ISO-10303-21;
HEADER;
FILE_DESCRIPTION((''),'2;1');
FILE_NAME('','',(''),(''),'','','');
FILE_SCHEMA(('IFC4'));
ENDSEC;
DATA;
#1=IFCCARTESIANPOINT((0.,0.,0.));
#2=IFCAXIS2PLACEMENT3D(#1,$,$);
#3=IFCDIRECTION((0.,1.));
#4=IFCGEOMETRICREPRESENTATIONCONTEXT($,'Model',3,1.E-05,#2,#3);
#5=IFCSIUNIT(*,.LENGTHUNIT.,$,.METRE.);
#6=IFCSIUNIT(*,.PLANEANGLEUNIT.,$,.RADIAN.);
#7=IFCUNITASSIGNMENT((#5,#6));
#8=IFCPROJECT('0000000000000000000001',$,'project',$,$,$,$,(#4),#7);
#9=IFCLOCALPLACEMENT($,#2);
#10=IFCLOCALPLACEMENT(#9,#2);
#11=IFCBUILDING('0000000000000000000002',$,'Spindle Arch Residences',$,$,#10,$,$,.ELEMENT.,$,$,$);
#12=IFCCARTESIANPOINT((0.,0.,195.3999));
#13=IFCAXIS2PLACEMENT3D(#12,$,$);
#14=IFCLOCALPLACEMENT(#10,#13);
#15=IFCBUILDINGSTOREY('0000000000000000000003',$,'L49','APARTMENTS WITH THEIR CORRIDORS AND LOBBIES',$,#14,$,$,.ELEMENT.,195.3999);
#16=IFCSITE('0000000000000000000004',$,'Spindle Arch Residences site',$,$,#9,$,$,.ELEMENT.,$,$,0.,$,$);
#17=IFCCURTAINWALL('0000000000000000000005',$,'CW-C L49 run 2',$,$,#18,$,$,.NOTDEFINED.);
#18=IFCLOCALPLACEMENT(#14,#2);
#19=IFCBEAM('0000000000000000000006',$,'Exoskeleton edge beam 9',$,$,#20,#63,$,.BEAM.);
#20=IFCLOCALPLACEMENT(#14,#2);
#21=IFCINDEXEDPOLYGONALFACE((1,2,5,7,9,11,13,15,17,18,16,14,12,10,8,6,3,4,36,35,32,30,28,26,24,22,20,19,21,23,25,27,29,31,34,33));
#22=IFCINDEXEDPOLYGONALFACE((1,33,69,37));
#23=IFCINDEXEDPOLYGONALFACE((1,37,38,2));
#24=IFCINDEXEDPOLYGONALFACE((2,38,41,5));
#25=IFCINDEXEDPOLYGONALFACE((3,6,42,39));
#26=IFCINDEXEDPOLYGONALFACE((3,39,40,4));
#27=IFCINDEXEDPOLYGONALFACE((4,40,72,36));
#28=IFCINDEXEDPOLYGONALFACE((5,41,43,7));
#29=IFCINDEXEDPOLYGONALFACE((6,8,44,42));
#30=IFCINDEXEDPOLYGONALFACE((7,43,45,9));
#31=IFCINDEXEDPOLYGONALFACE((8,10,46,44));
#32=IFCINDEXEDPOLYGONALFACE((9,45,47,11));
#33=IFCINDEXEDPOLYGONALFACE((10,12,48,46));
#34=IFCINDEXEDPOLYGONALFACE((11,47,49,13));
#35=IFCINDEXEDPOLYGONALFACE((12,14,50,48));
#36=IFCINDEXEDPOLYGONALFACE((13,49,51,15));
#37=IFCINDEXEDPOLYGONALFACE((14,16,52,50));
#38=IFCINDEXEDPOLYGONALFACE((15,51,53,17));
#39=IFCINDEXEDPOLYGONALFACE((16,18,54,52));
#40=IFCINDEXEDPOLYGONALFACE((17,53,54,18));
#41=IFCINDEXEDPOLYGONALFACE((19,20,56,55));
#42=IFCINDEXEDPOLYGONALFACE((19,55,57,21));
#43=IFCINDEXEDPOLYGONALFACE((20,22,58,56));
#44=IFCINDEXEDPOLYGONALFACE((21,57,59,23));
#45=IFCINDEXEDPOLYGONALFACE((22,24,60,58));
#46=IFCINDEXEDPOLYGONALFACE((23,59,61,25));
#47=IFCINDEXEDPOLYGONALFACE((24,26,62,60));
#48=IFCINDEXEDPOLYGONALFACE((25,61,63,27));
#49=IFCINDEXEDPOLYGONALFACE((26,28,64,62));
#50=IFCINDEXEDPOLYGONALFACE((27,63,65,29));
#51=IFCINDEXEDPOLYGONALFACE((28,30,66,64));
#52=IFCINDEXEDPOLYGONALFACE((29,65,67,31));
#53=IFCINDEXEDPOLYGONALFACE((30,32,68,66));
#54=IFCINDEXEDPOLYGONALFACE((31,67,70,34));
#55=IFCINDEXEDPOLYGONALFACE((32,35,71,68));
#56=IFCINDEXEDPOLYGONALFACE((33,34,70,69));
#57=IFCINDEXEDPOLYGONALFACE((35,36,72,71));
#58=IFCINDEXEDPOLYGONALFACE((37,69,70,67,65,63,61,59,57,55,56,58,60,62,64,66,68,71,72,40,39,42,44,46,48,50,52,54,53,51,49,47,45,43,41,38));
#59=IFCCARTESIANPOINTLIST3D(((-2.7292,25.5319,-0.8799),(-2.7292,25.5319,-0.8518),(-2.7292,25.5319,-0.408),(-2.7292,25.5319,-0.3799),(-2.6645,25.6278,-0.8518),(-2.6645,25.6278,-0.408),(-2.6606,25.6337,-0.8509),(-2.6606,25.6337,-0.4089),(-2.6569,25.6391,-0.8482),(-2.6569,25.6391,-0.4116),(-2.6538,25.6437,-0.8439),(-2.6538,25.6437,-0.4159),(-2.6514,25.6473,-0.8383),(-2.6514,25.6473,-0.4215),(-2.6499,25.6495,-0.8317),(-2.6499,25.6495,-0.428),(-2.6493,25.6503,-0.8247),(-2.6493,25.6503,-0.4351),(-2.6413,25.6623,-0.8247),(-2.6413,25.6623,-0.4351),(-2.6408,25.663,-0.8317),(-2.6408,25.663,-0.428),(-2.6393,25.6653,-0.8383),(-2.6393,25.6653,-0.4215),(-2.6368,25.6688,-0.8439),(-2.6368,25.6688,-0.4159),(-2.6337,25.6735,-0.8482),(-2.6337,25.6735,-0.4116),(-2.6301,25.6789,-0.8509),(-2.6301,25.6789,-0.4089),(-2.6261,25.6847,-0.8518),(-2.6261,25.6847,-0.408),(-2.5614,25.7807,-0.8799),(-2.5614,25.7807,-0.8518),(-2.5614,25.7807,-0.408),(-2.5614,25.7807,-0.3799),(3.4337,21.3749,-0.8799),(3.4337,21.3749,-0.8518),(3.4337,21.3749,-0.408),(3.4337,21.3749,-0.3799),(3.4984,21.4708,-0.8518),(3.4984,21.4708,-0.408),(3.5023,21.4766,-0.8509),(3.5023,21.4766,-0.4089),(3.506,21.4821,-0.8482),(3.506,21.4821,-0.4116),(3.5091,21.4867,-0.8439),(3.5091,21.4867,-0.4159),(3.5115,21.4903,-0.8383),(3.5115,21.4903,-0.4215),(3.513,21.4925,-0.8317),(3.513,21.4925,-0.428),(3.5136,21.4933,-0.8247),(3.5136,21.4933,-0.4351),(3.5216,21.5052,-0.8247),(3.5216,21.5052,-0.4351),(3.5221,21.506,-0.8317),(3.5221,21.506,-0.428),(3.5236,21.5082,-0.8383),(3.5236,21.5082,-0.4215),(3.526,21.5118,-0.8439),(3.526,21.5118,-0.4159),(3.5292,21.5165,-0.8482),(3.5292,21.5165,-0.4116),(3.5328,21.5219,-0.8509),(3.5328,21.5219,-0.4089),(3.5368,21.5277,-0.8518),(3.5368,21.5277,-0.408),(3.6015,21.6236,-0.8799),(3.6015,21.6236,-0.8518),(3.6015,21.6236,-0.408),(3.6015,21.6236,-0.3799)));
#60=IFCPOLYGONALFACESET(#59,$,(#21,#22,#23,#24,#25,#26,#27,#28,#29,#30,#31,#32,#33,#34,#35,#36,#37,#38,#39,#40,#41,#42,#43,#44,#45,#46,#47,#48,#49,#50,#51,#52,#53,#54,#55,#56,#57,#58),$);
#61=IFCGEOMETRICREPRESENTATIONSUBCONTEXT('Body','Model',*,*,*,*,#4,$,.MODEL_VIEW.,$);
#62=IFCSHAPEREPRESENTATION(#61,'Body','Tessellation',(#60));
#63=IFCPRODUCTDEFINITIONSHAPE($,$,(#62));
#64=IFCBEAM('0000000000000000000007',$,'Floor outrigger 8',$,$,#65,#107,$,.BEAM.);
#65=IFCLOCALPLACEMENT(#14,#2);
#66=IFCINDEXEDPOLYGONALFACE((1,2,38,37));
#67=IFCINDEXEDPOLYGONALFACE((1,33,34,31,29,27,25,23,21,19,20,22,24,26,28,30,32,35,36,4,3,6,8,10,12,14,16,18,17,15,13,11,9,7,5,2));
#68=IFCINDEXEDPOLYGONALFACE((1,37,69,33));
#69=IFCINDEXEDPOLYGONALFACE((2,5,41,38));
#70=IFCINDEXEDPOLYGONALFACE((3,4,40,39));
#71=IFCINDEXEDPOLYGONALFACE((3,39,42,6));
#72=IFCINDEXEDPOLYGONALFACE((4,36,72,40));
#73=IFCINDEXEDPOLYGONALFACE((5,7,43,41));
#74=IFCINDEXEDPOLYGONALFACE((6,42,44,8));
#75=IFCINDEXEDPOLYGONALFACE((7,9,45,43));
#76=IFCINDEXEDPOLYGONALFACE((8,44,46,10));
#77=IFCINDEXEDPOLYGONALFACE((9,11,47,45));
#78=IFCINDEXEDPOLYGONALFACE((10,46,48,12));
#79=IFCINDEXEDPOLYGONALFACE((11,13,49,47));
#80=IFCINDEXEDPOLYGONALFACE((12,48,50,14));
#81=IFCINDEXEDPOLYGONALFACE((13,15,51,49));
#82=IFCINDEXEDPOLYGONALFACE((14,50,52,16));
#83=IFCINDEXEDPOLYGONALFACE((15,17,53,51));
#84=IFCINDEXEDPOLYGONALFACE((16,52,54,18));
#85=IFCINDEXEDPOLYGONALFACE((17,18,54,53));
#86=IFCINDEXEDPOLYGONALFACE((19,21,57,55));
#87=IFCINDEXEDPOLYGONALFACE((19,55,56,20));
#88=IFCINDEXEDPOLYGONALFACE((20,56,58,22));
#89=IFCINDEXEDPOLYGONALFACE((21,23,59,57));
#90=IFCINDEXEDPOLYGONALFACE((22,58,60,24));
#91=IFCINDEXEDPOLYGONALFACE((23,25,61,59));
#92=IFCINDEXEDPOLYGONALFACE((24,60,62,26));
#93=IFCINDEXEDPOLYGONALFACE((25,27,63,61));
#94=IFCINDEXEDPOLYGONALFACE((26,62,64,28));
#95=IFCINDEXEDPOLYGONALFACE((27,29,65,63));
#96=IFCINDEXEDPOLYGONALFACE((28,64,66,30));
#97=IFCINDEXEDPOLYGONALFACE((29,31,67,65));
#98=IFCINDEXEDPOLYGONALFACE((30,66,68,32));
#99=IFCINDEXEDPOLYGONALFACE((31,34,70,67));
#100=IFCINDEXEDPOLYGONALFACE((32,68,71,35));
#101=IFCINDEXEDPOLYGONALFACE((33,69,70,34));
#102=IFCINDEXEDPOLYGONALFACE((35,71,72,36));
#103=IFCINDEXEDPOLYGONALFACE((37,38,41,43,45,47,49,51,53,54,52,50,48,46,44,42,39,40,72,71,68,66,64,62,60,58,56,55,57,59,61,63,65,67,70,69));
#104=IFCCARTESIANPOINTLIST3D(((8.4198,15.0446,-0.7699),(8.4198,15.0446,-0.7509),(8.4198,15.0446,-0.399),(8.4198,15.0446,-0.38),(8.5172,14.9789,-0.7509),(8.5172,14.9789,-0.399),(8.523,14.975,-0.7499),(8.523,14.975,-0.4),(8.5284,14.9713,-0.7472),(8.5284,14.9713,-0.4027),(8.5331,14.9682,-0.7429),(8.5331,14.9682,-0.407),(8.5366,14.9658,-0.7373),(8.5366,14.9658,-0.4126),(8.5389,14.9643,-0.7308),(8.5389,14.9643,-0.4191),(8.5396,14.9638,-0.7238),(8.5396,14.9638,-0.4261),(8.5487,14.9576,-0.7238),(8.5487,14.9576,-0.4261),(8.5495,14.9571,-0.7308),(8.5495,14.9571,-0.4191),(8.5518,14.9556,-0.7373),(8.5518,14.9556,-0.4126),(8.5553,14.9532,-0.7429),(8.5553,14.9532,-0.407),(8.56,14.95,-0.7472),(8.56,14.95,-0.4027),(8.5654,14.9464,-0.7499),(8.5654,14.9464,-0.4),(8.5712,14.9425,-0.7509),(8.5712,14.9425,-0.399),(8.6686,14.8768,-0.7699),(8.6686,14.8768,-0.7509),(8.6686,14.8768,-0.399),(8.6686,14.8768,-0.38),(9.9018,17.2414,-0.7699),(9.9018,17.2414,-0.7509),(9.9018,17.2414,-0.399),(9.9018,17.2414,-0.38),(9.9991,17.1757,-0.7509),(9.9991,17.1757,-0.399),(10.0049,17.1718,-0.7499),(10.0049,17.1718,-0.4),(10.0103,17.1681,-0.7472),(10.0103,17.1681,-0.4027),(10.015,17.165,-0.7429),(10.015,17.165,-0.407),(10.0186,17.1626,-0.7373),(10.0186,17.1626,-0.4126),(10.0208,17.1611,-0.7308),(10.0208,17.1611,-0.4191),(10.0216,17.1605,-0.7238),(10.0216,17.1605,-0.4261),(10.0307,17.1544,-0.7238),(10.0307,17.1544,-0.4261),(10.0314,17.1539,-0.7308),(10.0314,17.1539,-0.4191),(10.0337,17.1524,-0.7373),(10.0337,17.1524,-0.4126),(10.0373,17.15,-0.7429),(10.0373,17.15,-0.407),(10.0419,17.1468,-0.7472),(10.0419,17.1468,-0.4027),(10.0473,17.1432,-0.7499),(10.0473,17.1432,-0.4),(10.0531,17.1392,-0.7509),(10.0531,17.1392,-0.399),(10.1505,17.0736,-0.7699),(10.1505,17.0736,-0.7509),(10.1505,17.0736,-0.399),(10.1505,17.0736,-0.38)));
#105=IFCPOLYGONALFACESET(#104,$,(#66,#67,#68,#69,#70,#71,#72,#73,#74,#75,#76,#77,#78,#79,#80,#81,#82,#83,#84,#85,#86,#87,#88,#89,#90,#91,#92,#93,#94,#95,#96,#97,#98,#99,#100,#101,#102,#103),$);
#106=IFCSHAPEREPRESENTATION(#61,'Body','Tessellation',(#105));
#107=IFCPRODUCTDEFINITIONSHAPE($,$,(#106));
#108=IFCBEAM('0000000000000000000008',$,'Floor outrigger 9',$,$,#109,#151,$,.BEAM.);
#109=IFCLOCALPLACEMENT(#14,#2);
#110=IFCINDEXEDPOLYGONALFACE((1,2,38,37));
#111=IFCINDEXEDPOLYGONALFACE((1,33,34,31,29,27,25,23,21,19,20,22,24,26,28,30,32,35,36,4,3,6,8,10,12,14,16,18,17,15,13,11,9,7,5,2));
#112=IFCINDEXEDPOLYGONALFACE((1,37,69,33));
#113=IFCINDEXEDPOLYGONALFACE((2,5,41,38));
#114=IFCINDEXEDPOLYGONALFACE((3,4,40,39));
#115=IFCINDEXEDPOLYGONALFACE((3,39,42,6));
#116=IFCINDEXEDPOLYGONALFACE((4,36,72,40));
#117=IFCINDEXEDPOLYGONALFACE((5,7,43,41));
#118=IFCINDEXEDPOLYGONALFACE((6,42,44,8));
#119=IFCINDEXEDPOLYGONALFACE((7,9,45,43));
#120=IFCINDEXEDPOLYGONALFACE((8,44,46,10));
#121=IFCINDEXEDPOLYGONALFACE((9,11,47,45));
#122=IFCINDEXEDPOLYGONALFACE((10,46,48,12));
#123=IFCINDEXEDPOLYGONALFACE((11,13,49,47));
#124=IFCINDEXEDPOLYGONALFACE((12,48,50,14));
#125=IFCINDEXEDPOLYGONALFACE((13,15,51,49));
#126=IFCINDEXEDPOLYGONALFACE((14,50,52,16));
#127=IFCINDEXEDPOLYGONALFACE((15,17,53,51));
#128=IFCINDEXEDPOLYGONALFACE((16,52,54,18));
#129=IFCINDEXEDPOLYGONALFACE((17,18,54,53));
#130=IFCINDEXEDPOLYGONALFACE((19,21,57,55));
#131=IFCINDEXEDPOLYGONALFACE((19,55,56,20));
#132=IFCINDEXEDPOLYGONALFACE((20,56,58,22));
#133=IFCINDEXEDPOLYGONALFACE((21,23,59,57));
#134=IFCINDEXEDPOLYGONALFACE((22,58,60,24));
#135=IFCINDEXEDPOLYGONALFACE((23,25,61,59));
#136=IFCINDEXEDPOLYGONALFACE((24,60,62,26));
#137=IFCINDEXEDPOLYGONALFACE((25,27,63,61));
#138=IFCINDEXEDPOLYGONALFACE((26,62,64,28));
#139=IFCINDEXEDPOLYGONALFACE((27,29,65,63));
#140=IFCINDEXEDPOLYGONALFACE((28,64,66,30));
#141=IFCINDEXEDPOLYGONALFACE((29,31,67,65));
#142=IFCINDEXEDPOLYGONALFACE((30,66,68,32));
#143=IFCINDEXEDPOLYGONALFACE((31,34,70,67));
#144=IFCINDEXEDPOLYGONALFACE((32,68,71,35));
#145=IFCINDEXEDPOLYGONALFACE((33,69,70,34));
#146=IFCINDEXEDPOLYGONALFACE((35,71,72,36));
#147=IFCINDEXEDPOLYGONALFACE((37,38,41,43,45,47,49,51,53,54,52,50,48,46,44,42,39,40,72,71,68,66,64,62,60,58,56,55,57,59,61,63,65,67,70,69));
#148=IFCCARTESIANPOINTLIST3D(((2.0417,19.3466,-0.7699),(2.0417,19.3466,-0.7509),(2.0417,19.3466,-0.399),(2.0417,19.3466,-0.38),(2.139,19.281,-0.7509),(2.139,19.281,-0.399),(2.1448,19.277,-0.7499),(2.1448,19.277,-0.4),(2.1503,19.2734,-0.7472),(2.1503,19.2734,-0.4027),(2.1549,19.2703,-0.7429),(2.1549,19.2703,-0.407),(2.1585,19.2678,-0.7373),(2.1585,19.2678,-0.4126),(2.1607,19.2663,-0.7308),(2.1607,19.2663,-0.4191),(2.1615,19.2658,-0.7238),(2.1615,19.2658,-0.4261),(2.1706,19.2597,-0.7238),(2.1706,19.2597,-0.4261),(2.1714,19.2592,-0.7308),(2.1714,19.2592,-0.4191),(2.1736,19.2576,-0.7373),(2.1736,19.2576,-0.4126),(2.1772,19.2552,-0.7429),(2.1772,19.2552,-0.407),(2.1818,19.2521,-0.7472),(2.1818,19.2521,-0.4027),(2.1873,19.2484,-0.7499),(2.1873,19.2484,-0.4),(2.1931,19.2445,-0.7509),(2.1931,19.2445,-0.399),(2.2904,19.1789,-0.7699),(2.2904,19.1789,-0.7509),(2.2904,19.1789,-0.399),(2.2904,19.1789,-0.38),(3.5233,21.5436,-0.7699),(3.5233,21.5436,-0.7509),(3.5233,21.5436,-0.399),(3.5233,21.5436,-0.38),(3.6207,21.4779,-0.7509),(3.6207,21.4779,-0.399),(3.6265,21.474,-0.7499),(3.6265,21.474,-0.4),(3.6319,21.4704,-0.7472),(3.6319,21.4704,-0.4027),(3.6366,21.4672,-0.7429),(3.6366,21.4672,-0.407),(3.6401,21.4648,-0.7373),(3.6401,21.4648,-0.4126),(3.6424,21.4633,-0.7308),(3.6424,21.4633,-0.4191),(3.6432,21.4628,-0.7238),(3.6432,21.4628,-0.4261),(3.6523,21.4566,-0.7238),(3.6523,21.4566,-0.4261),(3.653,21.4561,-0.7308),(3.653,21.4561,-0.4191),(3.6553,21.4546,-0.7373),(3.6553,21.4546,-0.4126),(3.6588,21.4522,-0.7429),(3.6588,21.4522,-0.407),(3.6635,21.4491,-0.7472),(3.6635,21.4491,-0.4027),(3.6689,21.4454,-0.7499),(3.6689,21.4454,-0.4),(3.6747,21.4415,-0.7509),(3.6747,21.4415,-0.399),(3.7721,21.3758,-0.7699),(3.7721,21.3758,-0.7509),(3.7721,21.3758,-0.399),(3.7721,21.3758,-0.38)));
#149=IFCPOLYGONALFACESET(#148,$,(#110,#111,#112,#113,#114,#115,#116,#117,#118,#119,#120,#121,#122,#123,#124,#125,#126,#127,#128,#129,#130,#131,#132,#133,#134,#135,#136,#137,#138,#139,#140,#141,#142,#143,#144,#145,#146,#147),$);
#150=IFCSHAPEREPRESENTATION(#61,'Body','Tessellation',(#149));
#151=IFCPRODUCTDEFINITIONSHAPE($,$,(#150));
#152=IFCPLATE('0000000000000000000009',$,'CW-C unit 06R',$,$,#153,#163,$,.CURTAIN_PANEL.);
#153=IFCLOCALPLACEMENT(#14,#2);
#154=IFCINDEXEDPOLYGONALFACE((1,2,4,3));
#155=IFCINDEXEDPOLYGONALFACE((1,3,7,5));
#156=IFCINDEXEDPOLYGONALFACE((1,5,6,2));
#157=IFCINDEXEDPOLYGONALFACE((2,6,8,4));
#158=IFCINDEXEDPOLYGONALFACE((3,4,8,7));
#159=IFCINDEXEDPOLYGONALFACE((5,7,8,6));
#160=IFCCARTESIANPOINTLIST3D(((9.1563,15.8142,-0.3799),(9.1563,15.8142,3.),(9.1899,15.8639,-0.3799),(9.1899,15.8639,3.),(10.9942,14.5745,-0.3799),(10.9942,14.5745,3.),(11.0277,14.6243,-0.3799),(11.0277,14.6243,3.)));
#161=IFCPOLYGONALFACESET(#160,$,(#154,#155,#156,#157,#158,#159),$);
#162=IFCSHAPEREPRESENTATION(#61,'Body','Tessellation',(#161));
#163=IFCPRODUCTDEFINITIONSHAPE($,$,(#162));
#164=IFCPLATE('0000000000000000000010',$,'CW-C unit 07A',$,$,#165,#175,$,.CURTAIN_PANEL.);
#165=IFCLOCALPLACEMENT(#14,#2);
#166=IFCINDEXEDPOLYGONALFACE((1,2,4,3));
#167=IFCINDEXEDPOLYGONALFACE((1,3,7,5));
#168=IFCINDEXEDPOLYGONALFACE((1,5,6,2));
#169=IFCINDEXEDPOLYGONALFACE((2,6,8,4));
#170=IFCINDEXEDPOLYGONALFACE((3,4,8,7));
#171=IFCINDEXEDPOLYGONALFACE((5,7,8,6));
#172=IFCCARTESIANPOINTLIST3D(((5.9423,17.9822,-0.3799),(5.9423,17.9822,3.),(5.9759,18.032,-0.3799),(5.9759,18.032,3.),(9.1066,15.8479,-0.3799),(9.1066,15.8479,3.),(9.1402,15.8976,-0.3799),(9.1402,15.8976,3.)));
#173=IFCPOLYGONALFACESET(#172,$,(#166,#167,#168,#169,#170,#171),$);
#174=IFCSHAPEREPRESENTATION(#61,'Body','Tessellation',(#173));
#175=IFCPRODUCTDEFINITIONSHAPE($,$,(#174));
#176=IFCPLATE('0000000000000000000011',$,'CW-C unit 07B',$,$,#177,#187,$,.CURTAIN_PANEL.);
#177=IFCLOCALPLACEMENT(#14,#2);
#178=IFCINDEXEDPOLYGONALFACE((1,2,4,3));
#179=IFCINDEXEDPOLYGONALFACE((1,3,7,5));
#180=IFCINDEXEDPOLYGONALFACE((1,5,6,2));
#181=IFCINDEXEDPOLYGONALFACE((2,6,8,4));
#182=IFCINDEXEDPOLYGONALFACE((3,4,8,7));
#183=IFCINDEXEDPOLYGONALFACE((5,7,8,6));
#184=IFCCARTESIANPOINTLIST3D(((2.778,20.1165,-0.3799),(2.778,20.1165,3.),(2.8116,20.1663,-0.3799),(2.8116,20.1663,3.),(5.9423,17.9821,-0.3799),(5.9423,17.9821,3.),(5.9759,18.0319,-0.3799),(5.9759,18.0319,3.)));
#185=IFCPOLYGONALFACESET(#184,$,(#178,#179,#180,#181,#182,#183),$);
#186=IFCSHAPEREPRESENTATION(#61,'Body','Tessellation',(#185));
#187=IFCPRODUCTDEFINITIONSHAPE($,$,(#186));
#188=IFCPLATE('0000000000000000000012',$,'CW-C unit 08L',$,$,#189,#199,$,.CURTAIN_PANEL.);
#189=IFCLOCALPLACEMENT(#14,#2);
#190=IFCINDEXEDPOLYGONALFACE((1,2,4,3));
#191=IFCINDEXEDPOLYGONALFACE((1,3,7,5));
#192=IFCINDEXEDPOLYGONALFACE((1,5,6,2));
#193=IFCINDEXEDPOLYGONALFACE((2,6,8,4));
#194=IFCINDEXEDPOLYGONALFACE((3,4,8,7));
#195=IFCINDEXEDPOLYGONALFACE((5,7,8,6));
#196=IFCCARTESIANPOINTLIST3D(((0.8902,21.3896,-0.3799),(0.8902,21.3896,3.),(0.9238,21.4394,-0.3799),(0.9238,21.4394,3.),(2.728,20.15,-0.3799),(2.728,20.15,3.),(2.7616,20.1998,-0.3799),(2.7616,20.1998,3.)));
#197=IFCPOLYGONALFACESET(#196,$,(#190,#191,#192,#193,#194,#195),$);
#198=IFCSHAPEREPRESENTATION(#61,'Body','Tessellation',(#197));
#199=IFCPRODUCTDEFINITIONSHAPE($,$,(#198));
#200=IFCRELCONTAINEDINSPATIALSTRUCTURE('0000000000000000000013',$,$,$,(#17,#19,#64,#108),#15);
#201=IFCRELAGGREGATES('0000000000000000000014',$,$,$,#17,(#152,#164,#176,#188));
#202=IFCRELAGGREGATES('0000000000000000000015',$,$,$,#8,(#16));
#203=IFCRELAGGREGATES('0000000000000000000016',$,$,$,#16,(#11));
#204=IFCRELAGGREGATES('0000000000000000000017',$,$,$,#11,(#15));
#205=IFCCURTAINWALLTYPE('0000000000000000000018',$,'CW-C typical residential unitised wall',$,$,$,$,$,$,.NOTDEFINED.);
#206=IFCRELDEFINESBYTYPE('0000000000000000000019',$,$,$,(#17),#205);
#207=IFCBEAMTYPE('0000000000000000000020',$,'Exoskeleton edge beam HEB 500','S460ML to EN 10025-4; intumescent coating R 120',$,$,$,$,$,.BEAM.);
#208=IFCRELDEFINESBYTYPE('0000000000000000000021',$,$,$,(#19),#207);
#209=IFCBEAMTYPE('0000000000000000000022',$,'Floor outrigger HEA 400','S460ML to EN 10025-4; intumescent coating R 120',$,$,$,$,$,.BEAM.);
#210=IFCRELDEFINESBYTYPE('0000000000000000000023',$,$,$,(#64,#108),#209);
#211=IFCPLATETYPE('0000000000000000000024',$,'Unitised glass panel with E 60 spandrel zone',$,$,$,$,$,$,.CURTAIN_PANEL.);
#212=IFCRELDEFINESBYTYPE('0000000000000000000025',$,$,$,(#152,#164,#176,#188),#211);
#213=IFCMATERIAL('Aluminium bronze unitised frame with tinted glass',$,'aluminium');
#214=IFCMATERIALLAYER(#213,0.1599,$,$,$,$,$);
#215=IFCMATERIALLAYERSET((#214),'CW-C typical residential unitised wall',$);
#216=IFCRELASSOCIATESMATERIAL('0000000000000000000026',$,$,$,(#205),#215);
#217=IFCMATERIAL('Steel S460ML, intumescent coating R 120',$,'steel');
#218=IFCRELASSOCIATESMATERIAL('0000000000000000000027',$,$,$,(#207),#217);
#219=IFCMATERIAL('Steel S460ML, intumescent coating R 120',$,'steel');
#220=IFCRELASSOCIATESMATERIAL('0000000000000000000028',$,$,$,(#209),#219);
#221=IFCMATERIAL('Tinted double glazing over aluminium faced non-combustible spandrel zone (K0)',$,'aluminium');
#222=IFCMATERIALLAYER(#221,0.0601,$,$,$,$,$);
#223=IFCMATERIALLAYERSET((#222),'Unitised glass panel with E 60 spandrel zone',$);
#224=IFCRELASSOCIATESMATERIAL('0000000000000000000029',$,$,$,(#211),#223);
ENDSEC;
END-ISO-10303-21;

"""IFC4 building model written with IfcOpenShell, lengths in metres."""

from ifc_helpers import new_model, si_unit, direction, frame, origin, origin_2d, place, context, subcontext, project, spatial, rectangle, i_section, extrude, material, layer, layer_set, material_profile, profile_set, type_object, element, aggregate, save


model = new_model("IFC4")

# Units and contexts
model_context = context("Model", 3, precision=1e-05, world=origin(), true_north=direction((0.0, 1.0)))
body_context = subcontext(model_context, "Body", "Model", "MODEL_VIEW")
ifc_project = project(units=[si_unit("LENGTHUNIT", "METRE"), si_unit("PLANEANGLEUNIT", "RADIAN")], contexts=[model_context])

# Site, building, storey
site_placement = place(None, origin())
site = spatial("IfcSite", under=ifc_project, at=site_placement, Name="Spindle Arch Residences site", CompositionType="ELEMENT", RefElevation=0.0)
building_placement = place(site_placement, origin())
building = spatial("IfcBuilding", under=site, at=building_placement, Name="Spindle Arch Residences", CompositionType="ELEMENT")
storey_placement = place(building_placement, frame((0.0, 0.0, 195.3999)))
storey = spatial("IfcBuildingStorey", under=building, at=storey_placement, Name="L49", Description="APARTMENTS WITH THEIR CORRIDORS AND LOBBIES", CompositionType="ELEMENT", Elevation=195.3999)

# Curtain wall
ifc_material_1 = material(Name="Aluminium bronze unitised frame with tinted glass", Category="aluminium")
ifc_layer_1 = layer(ifc_material_1, 0.1599)
ifc_layer_set_1 = layer_set([ifc_layer_1], Name="CW-C typical residential unitised wall")
curtain_wall_type = type_object("IfcCurtainWallType", Name="CW-C typical residential unitised wall", PredefinedType="NOTDEFINED", material=ifc_layer_set_1)
curtain_wall_placement = place(storey_placement, origin())
curtain_wall = element("IfcCurtainWall", 1, at=curtain_wall_placement, inside=storey, type_object=curtain_wall_type, Name="CW-C L49 run 2", PredefinedType="NOTDEFINED")

# Beams
ifc_material_2 = material(Name="Steel S460ML, intumescent coating R 120", Category="steel")
ifc_material_profile_1 = material_profile(ifc_material_2, i_section(OverallWidth=0.3, OverallDepth=0.5, WebThickness=0.0144, FlangeThickness=0.0281, FilletRadius=0.0271, at=origin_2d()), Name="HEB 500")
ifc_profile_set_1 = profile_set([ifc_material_profile_1], Name="Steel S460ML, intumescent coating R 120")
beam_type_1 = type_object("IfcBeamType", Name="Exoskeleton edge beam HEB 500", Description="S460ML to EN 10025-4; intumescent coating R 120", PredefinedType="BEAM", material=ifc_profile_set_1)
for number, where, z_axis, x_axis, name in (
    (2, (3.5176, 21.4993, -0.6299), (-0.829032, 0.559202, 0.0), (-0.559202, -0.829032, 0.0), "Exoskeleton edge beam 9"),
):
    element("IfcBeam", number, at=place(storey_placement, frame(where, z_axis=z_axis, x_axis=x_axis)), inside=storey, type_object=beam_type_1, Name=name, PredefinedType="BEAM", context=body_context, shape_type="SweptSolid", body=[
        extrude(i_section(OverallWidth=0.3, OverallDepth=0.5, WebThickness=0.0144, FlangeThickness=0.0281, FilletRadius=0.0271, at=origin_2d()), origin(), (0.0, 0.0, 1.0), 7.4338),
    ])
ifc_material_3 = material(Name="Steel S460ML, intumescent coating R 120", Category="steel")
ifc_material_profile_2 = material_profile(ifc_material_3, i_section(OverallWidth=0.3, OverallDepth=0.3899, WebThickness=0.011, FlangeThickness=0.019, FilletRadius=0.0271, at=origin_2d()), Name="HEA 400")
ifc_profile_set_2 = profile_set([ifc_material_profile_2], Name="Steel S460ML, intumescent coating R 120")
beam_type_2 = type_object("IfcBeamType", Name="Floor outrigger HEA 400", Description="S460ML to EN 10025-4; intumescent coating R 120", PredefinedType="BEAM", material=ifc_profile_set_2)
for number, where, z_axis, x_axis, name in (
    (3, (10.0261, 17.1575, -0.575), (-0.559242, -0.829005, 0.0), (0.829005, -0.559242, 0.0), "Floor outrigger 8"),
    (4, (3.6477, 21.4597, -0.575), (-0.559136, -0.829076, 0.0), (0.829076, -0.559136, 0.0), "Floor outrigger 9"),
):
    element("IfcBeam", number, at=place(storey_placement, frame(where, z_axis=z_axis, x_axis=x_axis)), inside=storey, type_object=beam_type_2, Name=name, PredefinedType="BEAM", context=body_context, shape_type="SweptSolid", body=[
        extrude(i_section(OverallWidth=0.3, OverallDepth=0.3899, WebThickness=0.011, FlangeThickness=0.019, FilletRadius=0.0271, at=origin_2d()), origin(), (0.0, 0.0, 1.0), 2.6499),
    ])

# Plates
ifc_material_4 = material(Name="Tinted double glazing over aluminium faced non-combustible spandrel zone (K0)", Category="aluminium")
ifc_layer_2 = layer(ifc_material_4, 0.0601)
ifc_layer_set_2 = layer_set([ifc_layer_2], Name="Unitised glass panel with E 60 spandrel zone")
plate_type = type_object("IfcPlateType", Name="Unitised glass panel with E 60 spandrel zone", PredefinedType="CURTAIN_PANEL", material=ifc_layer_set_2)
plate_1_placement = place(storey_placement, frame((10.092, 15.2192, -0.3799), z_axis=(0.0, 0.0, 1.0), x_axis=(-0.829038, 0.559193, 0.0)))
plate_1 = element("IfcPlate", 5, at=plate_1_placement, type_object=plate_type, Name="CW-C unit 06R", PredefinedType="CURTAIN_PANEL", context=body_context, shape_type="SweptSolid", body=[
    extrude(rectangle(XDim=2.2168, YDim=0.0601, at=origin_2d()), origin(), (0.0, 0.0, 1.0), 3.3799),
])
plate_2_placement = place(storey_placement, frame((7.5413, 16.9399, -0.3799), z_axis=(0.0, 0.0, 1.0), x_axis=(-0.829038, 0.559193, 0.0)))
plate_2 = element("IfcPlate", 6, at=plate_2_placement, type_object=plate_type, Name="CW-C unit 07A", PredefinedType="CURTAIN_PANEL", context=body_context, shape_type="SweptSolid", body=[
    extrude(rectangle(XDim=3.8169, YDim=0.0601, at=origin_2d()), origin(), (0.0, 0.0, 1.0), 3.3799),
])
plate_3_placement = place(storey_placement, frame((4.377, 19.0742, -0.3799), z_axis=(0.0, 0.0, 1.0), x_axis=(-0.829038, 0.559193, 0.0)))
plate_3 = element("IfcPlate", 7, at=plate_3_placement, type_object=plate_type, Name="CW-C unit 07B", PredefinedType="CURTAIN_PANEL", context=body_context, shape_type="SweptSolid", body=[
    extrude(rectangle(XDim=3.8169, YDim=0.0601, at=origin_2d()), origin(), (0.0, 0.0, 1.0), 3.3799),
])
plate_4_placement = place(storey_placement, frame((1.8259, 20.7947, -0.3799), z_axis=(0.0, 0.0, 1.0), x_axis=(-0.829038, 0.559193, 0.0)))
plate_4 = element("IfcPlate", 8, at=plate_4_placement, type_object=plate_type, Name="CW-C unit 08L", PredefinedType="CURTAIN_PANEL", context=body_context, shape_type="SweptSolid", body=[
    extrude(rectangle(XDim=2.2168, YDim=0.0601, at=origin_2d()), origin(), (0.0, 0.0, 1.0), 3.3799),
])
aggregate(curtain_wall, [plate_1, plate_2, plate_3, plate_4])

save(model, "model.ifc")
